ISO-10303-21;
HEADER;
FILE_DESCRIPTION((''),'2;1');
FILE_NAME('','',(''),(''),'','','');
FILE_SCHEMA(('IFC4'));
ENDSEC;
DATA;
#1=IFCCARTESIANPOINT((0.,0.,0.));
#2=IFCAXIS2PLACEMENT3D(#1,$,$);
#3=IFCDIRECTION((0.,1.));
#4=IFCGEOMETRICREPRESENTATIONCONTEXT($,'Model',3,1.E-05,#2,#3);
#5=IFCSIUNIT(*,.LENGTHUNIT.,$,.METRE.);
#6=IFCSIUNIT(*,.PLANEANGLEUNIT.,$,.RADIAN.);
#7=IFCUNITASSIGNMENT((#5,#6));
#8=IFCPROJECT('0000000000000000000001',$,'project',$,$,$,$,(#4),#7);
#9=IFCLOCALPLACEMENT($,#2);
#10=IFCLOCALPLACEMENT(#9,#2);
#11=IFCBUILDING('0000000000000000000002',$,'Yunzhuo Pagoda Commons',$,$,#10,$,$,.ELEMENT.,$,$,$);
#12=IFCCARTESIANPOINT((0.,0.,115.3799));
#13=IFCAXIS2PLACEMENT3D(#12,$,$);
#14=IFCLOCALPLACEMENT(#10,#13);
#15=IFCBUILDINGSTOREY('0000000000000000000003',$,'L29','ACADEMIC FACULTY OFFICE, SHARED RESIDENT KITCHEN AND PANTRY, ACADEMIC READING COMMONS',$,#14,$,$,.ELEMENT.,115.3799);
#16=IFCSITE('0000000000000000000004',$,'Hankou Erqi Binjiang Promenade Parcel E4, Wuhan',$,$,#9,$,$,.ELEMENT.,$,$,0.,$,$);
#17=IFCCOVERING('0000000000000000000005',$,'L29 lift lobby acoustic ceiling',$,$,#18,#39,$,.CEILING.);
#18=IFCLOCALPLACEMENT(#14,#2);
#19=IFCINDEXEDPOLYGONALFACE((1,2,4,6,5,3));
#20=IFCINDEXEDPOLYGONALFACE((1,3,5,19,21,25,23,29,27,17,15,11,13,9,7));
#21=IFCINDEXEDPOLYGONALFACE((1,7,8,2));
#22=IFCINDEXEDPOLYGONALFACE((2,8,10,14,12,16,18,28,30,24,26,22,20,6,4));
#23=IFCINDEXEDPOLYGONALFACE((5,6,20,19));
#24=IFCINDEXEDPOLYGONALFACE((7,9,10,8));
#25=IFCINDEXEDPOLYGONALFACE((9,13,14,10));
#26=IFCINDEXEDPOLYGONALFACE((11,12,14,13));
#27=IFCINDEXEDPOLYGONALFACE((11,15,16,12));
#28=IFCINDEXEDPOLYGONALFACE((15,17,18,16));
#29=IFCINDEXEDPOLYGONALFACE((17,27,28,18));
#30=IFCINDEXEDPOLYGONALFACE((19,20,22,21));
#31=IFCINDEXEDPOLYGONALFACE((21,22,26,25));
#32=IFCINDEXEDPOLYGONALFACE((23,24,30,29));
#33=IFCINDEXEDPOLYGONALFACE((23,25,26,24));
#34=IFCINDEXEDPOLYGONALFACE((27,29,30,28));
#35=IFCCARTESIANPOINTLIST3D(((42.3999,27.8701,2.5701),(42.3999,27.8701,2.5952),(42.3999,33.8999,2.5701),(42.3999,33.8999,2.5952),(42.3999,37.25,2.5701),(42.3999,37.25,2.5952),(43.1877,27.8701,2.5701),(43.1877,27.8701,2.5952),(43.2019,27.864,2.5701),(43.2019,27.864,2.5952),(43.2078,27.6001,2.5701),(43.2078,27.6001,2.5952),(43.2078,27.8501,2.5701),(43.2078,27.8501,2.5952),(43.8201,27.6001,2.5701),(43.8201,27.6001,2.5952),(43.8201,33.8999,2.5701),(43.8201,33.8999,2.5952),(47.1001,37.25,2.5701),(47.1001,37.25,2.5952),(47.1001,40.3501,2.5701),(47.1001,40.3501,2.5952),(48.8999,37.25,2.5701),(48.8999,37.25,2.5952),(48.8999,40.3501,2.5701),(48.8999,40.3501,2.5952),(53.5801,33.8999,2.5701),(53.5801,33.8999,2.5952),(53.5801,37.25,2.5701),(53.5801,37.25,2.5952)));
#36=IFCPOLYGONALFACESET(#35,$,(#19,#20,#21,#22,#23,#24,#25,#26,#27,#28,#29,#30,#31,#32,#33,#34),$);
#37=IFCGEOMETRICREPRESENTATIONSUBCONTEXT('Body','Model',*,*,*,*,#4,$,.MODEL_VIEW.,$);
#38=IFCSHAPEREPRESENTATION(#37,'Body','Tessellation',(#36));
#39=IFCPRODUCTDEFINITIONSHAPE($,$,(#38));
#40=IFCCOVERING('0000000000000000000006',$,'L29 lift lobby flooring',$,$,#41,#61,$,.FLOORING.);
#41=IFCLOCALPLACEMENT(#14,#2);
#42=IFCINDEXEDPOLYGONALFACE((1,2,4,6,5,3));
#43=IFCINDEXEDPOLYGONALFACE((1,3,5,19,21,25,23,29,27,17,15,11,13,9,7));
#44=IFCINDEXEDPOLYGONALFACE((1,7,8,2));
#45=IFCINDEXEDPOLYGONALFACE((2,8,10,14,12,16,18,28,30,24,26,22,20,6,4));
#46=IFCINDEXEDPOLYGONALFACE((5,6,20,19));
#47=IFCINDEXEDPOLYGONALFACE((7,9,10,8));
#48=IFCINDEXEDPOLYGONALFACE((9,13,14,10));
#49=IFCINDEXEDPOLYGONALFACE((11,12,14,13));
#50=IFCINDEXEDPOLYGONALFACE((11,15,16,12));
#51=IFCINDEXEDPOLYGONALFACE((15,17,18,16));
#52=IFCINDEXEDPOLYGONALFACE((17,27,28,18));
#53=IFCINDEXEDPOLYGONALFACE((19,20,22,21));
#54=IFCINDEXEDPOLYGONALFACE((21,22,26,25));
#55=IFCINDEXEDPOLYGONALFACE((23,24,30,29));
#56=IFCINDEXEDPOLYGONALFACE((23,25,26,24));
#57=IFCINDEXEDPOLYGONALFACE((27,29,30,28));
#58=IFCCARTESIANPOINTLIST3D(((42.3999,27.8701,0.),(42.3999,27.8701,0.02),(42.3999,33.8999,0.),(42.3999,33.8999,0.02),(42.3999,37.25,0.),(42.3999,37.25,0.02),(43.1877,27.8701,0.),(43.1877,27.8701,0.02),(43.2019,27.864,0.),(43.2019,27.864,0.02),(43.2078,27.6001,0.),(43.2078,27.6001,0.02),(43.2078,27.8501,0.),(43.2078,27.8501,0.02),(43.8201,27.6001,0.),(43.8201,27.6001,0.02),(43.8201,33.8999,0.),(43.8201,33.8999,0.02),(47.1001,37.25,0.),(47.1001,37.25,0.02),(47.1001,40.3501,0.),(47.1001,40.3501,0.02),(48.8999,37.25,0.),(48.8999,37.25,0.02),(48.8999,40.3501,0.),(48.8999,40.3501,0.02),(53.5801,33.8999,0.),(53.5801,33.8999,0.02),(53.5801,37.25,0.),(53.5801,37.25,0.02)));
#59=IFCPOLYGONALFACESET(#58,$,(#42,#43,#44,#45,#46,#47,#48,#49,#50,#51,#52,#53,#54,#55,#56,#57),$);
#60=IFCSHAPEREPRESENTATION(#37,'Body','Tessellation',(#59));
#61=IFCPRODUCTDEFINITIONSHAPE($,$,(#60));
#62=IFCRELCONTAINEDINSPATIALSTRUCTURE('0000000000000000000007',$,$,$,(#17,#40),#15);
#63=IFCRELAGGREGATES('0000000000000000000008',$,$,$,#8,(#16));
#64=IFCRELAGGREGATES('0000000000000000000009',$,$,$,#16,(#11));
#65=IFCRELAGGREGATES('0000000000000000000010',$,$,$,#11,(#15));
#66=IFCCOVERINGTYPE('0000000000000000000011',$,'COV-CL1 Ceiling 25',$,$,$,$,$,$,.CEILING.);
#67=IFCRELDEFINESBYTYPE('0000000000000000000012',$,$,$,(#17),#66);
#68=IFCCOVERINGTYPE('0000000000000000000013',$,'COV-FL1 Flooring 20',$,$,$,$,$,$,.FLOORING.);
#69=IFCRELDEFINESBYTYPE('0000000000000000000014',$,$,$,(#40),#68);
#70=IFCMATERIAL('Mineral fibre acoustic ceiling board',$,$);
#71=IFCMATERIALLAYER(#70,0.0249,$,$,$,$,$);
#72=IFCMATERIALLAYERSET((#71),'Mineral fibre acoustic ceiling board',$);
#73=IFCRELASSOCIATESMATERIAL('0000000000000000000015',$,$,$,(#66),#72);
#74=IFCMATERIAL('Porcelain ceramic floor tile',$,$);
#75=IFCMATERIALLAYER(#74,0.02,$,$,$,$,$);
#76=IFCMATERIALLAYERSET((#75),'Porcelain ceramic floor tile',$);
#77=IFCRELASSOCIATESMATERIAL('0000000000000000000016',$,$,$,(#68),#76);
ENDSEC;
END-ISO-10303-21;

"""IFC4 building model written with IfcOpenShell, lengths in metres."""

from ifc_helpers import new_model, si_unit, direction, frame, origin, place, context, subcontext, project, spatial, polyline, outline, extrude, material, layer, layer_set, type_object, element, save


model = new_model("IFC4")

# Units and contexts
model_context = context("Model", 3, precision=1e-05, world=origin(), true_north=direction((0.0, 1.0)))
body_context = subcontext(model_context, "Body", "Model", "MODEL_VIEW")
ifc_project = project(units=[si_unit("LENGTHUNIT", "METRE"), si_unit("PLANEANGLEUNIT", "RADIAN")], contexts=[model_context])

# Site, building, storey
site_placement = place(None, origin())
site = spatial("IfcSite", under=ifc_project, at=site_placement, Name="Hankou Erqi Binjiang Promenade Parcel E4, Wuhan", CompositionType="ELEMENT", RefElevation=0.0)
building_placement = place(site_placement, origin())
building = spatial("IfcBuilding", under=site, at=building_placement, Name="Yunzhuo Pagoda Commons", CompositionType="ELEMENT")
storey_placement = place(building_placement, frame((0.0, 0.0, 115.3799)))
storey = spatial("IfcBuildingStorey", under=building, at=storey_placement, Name="L29", Description="ACADEMIC FACULTY OFFICE, SHARED RESIDENT KITCHEN AND PANTRY, ACADEMIC READING COMMONS", CompositionType="ELEMENT", Elevation=115.3799)

# Coverings
ifc_material_1 = material(Name="Mineral fibre acoustic ceiling board")
ifc_layer_1 = layer(ifc_material_1, 0.0249)
ifc_layer_set_1 = layer_set([ifc_layer_1], Name="Mineral fibre acoustic ceiling board")
covering_type_1 = type_object("IfcCoveringType", Name="COV-CL1 Ceiling 25", PredefinedType="CEILING", material=ifc_layer_set_1)
covering_1_placement = place(storey_placement, frame((0.0, 0.0, 2.5701)))
element("IfcCovering", 1, at=covering_1_placement, inside=storey, type_object=covering_type_1, Name="L29 lift lobby acoustic ceiling", PredefinedType="CEILING", context=body_context, shape_type="SweptSolid", body=[
    extrude(outline(polyline([(43.2078, 27.8501), (43.2019, 27.864), (43.1877, 27.8701), (42.3999, 27.8701), (42.3999, 33.8999), (42.3999, 37.25), (47.1001, 37.25), (47.1001, 40.3501), (48.8999, 40.3501), (48.8999, 37.25), (53.5801, 37.25), (53.5801, 33.8999), (43.8201, 33.8999), (43.8201, 27.6001), (43.2078, 27.6001), (43.2078, 27.8501)])), origin(), (0.0, 0.0, 1.0), 0.0251),
])
ifc_material_2 = material(Name="Porcelain ceramic floor tile")
ifc_layer_2 = layer(ifc_material_2, 0.02)
ifc_layer_set_2 = layer_set([ifc_layer_2], Name="Porcelain ceramic floor tile")
covering_type_2 = type_object("IfcCoveringType", Name="COV-FL1 Flooring 20", PredefinedType="FLOORING", material=ifc_layer_set_2)
covering_2_placement = place(storey_placement, origin())
element("IfcCovering", 2, at=covering_2_placement, inside=storey, type_object=covering_type_2, Name="L29 lift lobby flooring", PredefinedType="FLOORING", context=body_context, shape_type="SweptSolid", body=[
    extrude(outline(polyline([(43.2078, 27.8501), (43.2019, 27.864), (43.1877, 27.8701), (42.3999, 27.8701), (42.3999, 33.8999), (42.3999, 37.25), (47.1001, 37.25), (47.1001, 40.3501), (48.8999, 40.3501), (48.8999, 37.25), (53.5801, 37.25), (53.5801, 33.8999), (43.8201, 33.8999), (43.8201, 27.6001), (43.2078, 27.6001), (43.2078, 27.8501)])), origin(), (0.0, 0.0, 1.0), 0.02),
])

save(model, "model.ifc")
